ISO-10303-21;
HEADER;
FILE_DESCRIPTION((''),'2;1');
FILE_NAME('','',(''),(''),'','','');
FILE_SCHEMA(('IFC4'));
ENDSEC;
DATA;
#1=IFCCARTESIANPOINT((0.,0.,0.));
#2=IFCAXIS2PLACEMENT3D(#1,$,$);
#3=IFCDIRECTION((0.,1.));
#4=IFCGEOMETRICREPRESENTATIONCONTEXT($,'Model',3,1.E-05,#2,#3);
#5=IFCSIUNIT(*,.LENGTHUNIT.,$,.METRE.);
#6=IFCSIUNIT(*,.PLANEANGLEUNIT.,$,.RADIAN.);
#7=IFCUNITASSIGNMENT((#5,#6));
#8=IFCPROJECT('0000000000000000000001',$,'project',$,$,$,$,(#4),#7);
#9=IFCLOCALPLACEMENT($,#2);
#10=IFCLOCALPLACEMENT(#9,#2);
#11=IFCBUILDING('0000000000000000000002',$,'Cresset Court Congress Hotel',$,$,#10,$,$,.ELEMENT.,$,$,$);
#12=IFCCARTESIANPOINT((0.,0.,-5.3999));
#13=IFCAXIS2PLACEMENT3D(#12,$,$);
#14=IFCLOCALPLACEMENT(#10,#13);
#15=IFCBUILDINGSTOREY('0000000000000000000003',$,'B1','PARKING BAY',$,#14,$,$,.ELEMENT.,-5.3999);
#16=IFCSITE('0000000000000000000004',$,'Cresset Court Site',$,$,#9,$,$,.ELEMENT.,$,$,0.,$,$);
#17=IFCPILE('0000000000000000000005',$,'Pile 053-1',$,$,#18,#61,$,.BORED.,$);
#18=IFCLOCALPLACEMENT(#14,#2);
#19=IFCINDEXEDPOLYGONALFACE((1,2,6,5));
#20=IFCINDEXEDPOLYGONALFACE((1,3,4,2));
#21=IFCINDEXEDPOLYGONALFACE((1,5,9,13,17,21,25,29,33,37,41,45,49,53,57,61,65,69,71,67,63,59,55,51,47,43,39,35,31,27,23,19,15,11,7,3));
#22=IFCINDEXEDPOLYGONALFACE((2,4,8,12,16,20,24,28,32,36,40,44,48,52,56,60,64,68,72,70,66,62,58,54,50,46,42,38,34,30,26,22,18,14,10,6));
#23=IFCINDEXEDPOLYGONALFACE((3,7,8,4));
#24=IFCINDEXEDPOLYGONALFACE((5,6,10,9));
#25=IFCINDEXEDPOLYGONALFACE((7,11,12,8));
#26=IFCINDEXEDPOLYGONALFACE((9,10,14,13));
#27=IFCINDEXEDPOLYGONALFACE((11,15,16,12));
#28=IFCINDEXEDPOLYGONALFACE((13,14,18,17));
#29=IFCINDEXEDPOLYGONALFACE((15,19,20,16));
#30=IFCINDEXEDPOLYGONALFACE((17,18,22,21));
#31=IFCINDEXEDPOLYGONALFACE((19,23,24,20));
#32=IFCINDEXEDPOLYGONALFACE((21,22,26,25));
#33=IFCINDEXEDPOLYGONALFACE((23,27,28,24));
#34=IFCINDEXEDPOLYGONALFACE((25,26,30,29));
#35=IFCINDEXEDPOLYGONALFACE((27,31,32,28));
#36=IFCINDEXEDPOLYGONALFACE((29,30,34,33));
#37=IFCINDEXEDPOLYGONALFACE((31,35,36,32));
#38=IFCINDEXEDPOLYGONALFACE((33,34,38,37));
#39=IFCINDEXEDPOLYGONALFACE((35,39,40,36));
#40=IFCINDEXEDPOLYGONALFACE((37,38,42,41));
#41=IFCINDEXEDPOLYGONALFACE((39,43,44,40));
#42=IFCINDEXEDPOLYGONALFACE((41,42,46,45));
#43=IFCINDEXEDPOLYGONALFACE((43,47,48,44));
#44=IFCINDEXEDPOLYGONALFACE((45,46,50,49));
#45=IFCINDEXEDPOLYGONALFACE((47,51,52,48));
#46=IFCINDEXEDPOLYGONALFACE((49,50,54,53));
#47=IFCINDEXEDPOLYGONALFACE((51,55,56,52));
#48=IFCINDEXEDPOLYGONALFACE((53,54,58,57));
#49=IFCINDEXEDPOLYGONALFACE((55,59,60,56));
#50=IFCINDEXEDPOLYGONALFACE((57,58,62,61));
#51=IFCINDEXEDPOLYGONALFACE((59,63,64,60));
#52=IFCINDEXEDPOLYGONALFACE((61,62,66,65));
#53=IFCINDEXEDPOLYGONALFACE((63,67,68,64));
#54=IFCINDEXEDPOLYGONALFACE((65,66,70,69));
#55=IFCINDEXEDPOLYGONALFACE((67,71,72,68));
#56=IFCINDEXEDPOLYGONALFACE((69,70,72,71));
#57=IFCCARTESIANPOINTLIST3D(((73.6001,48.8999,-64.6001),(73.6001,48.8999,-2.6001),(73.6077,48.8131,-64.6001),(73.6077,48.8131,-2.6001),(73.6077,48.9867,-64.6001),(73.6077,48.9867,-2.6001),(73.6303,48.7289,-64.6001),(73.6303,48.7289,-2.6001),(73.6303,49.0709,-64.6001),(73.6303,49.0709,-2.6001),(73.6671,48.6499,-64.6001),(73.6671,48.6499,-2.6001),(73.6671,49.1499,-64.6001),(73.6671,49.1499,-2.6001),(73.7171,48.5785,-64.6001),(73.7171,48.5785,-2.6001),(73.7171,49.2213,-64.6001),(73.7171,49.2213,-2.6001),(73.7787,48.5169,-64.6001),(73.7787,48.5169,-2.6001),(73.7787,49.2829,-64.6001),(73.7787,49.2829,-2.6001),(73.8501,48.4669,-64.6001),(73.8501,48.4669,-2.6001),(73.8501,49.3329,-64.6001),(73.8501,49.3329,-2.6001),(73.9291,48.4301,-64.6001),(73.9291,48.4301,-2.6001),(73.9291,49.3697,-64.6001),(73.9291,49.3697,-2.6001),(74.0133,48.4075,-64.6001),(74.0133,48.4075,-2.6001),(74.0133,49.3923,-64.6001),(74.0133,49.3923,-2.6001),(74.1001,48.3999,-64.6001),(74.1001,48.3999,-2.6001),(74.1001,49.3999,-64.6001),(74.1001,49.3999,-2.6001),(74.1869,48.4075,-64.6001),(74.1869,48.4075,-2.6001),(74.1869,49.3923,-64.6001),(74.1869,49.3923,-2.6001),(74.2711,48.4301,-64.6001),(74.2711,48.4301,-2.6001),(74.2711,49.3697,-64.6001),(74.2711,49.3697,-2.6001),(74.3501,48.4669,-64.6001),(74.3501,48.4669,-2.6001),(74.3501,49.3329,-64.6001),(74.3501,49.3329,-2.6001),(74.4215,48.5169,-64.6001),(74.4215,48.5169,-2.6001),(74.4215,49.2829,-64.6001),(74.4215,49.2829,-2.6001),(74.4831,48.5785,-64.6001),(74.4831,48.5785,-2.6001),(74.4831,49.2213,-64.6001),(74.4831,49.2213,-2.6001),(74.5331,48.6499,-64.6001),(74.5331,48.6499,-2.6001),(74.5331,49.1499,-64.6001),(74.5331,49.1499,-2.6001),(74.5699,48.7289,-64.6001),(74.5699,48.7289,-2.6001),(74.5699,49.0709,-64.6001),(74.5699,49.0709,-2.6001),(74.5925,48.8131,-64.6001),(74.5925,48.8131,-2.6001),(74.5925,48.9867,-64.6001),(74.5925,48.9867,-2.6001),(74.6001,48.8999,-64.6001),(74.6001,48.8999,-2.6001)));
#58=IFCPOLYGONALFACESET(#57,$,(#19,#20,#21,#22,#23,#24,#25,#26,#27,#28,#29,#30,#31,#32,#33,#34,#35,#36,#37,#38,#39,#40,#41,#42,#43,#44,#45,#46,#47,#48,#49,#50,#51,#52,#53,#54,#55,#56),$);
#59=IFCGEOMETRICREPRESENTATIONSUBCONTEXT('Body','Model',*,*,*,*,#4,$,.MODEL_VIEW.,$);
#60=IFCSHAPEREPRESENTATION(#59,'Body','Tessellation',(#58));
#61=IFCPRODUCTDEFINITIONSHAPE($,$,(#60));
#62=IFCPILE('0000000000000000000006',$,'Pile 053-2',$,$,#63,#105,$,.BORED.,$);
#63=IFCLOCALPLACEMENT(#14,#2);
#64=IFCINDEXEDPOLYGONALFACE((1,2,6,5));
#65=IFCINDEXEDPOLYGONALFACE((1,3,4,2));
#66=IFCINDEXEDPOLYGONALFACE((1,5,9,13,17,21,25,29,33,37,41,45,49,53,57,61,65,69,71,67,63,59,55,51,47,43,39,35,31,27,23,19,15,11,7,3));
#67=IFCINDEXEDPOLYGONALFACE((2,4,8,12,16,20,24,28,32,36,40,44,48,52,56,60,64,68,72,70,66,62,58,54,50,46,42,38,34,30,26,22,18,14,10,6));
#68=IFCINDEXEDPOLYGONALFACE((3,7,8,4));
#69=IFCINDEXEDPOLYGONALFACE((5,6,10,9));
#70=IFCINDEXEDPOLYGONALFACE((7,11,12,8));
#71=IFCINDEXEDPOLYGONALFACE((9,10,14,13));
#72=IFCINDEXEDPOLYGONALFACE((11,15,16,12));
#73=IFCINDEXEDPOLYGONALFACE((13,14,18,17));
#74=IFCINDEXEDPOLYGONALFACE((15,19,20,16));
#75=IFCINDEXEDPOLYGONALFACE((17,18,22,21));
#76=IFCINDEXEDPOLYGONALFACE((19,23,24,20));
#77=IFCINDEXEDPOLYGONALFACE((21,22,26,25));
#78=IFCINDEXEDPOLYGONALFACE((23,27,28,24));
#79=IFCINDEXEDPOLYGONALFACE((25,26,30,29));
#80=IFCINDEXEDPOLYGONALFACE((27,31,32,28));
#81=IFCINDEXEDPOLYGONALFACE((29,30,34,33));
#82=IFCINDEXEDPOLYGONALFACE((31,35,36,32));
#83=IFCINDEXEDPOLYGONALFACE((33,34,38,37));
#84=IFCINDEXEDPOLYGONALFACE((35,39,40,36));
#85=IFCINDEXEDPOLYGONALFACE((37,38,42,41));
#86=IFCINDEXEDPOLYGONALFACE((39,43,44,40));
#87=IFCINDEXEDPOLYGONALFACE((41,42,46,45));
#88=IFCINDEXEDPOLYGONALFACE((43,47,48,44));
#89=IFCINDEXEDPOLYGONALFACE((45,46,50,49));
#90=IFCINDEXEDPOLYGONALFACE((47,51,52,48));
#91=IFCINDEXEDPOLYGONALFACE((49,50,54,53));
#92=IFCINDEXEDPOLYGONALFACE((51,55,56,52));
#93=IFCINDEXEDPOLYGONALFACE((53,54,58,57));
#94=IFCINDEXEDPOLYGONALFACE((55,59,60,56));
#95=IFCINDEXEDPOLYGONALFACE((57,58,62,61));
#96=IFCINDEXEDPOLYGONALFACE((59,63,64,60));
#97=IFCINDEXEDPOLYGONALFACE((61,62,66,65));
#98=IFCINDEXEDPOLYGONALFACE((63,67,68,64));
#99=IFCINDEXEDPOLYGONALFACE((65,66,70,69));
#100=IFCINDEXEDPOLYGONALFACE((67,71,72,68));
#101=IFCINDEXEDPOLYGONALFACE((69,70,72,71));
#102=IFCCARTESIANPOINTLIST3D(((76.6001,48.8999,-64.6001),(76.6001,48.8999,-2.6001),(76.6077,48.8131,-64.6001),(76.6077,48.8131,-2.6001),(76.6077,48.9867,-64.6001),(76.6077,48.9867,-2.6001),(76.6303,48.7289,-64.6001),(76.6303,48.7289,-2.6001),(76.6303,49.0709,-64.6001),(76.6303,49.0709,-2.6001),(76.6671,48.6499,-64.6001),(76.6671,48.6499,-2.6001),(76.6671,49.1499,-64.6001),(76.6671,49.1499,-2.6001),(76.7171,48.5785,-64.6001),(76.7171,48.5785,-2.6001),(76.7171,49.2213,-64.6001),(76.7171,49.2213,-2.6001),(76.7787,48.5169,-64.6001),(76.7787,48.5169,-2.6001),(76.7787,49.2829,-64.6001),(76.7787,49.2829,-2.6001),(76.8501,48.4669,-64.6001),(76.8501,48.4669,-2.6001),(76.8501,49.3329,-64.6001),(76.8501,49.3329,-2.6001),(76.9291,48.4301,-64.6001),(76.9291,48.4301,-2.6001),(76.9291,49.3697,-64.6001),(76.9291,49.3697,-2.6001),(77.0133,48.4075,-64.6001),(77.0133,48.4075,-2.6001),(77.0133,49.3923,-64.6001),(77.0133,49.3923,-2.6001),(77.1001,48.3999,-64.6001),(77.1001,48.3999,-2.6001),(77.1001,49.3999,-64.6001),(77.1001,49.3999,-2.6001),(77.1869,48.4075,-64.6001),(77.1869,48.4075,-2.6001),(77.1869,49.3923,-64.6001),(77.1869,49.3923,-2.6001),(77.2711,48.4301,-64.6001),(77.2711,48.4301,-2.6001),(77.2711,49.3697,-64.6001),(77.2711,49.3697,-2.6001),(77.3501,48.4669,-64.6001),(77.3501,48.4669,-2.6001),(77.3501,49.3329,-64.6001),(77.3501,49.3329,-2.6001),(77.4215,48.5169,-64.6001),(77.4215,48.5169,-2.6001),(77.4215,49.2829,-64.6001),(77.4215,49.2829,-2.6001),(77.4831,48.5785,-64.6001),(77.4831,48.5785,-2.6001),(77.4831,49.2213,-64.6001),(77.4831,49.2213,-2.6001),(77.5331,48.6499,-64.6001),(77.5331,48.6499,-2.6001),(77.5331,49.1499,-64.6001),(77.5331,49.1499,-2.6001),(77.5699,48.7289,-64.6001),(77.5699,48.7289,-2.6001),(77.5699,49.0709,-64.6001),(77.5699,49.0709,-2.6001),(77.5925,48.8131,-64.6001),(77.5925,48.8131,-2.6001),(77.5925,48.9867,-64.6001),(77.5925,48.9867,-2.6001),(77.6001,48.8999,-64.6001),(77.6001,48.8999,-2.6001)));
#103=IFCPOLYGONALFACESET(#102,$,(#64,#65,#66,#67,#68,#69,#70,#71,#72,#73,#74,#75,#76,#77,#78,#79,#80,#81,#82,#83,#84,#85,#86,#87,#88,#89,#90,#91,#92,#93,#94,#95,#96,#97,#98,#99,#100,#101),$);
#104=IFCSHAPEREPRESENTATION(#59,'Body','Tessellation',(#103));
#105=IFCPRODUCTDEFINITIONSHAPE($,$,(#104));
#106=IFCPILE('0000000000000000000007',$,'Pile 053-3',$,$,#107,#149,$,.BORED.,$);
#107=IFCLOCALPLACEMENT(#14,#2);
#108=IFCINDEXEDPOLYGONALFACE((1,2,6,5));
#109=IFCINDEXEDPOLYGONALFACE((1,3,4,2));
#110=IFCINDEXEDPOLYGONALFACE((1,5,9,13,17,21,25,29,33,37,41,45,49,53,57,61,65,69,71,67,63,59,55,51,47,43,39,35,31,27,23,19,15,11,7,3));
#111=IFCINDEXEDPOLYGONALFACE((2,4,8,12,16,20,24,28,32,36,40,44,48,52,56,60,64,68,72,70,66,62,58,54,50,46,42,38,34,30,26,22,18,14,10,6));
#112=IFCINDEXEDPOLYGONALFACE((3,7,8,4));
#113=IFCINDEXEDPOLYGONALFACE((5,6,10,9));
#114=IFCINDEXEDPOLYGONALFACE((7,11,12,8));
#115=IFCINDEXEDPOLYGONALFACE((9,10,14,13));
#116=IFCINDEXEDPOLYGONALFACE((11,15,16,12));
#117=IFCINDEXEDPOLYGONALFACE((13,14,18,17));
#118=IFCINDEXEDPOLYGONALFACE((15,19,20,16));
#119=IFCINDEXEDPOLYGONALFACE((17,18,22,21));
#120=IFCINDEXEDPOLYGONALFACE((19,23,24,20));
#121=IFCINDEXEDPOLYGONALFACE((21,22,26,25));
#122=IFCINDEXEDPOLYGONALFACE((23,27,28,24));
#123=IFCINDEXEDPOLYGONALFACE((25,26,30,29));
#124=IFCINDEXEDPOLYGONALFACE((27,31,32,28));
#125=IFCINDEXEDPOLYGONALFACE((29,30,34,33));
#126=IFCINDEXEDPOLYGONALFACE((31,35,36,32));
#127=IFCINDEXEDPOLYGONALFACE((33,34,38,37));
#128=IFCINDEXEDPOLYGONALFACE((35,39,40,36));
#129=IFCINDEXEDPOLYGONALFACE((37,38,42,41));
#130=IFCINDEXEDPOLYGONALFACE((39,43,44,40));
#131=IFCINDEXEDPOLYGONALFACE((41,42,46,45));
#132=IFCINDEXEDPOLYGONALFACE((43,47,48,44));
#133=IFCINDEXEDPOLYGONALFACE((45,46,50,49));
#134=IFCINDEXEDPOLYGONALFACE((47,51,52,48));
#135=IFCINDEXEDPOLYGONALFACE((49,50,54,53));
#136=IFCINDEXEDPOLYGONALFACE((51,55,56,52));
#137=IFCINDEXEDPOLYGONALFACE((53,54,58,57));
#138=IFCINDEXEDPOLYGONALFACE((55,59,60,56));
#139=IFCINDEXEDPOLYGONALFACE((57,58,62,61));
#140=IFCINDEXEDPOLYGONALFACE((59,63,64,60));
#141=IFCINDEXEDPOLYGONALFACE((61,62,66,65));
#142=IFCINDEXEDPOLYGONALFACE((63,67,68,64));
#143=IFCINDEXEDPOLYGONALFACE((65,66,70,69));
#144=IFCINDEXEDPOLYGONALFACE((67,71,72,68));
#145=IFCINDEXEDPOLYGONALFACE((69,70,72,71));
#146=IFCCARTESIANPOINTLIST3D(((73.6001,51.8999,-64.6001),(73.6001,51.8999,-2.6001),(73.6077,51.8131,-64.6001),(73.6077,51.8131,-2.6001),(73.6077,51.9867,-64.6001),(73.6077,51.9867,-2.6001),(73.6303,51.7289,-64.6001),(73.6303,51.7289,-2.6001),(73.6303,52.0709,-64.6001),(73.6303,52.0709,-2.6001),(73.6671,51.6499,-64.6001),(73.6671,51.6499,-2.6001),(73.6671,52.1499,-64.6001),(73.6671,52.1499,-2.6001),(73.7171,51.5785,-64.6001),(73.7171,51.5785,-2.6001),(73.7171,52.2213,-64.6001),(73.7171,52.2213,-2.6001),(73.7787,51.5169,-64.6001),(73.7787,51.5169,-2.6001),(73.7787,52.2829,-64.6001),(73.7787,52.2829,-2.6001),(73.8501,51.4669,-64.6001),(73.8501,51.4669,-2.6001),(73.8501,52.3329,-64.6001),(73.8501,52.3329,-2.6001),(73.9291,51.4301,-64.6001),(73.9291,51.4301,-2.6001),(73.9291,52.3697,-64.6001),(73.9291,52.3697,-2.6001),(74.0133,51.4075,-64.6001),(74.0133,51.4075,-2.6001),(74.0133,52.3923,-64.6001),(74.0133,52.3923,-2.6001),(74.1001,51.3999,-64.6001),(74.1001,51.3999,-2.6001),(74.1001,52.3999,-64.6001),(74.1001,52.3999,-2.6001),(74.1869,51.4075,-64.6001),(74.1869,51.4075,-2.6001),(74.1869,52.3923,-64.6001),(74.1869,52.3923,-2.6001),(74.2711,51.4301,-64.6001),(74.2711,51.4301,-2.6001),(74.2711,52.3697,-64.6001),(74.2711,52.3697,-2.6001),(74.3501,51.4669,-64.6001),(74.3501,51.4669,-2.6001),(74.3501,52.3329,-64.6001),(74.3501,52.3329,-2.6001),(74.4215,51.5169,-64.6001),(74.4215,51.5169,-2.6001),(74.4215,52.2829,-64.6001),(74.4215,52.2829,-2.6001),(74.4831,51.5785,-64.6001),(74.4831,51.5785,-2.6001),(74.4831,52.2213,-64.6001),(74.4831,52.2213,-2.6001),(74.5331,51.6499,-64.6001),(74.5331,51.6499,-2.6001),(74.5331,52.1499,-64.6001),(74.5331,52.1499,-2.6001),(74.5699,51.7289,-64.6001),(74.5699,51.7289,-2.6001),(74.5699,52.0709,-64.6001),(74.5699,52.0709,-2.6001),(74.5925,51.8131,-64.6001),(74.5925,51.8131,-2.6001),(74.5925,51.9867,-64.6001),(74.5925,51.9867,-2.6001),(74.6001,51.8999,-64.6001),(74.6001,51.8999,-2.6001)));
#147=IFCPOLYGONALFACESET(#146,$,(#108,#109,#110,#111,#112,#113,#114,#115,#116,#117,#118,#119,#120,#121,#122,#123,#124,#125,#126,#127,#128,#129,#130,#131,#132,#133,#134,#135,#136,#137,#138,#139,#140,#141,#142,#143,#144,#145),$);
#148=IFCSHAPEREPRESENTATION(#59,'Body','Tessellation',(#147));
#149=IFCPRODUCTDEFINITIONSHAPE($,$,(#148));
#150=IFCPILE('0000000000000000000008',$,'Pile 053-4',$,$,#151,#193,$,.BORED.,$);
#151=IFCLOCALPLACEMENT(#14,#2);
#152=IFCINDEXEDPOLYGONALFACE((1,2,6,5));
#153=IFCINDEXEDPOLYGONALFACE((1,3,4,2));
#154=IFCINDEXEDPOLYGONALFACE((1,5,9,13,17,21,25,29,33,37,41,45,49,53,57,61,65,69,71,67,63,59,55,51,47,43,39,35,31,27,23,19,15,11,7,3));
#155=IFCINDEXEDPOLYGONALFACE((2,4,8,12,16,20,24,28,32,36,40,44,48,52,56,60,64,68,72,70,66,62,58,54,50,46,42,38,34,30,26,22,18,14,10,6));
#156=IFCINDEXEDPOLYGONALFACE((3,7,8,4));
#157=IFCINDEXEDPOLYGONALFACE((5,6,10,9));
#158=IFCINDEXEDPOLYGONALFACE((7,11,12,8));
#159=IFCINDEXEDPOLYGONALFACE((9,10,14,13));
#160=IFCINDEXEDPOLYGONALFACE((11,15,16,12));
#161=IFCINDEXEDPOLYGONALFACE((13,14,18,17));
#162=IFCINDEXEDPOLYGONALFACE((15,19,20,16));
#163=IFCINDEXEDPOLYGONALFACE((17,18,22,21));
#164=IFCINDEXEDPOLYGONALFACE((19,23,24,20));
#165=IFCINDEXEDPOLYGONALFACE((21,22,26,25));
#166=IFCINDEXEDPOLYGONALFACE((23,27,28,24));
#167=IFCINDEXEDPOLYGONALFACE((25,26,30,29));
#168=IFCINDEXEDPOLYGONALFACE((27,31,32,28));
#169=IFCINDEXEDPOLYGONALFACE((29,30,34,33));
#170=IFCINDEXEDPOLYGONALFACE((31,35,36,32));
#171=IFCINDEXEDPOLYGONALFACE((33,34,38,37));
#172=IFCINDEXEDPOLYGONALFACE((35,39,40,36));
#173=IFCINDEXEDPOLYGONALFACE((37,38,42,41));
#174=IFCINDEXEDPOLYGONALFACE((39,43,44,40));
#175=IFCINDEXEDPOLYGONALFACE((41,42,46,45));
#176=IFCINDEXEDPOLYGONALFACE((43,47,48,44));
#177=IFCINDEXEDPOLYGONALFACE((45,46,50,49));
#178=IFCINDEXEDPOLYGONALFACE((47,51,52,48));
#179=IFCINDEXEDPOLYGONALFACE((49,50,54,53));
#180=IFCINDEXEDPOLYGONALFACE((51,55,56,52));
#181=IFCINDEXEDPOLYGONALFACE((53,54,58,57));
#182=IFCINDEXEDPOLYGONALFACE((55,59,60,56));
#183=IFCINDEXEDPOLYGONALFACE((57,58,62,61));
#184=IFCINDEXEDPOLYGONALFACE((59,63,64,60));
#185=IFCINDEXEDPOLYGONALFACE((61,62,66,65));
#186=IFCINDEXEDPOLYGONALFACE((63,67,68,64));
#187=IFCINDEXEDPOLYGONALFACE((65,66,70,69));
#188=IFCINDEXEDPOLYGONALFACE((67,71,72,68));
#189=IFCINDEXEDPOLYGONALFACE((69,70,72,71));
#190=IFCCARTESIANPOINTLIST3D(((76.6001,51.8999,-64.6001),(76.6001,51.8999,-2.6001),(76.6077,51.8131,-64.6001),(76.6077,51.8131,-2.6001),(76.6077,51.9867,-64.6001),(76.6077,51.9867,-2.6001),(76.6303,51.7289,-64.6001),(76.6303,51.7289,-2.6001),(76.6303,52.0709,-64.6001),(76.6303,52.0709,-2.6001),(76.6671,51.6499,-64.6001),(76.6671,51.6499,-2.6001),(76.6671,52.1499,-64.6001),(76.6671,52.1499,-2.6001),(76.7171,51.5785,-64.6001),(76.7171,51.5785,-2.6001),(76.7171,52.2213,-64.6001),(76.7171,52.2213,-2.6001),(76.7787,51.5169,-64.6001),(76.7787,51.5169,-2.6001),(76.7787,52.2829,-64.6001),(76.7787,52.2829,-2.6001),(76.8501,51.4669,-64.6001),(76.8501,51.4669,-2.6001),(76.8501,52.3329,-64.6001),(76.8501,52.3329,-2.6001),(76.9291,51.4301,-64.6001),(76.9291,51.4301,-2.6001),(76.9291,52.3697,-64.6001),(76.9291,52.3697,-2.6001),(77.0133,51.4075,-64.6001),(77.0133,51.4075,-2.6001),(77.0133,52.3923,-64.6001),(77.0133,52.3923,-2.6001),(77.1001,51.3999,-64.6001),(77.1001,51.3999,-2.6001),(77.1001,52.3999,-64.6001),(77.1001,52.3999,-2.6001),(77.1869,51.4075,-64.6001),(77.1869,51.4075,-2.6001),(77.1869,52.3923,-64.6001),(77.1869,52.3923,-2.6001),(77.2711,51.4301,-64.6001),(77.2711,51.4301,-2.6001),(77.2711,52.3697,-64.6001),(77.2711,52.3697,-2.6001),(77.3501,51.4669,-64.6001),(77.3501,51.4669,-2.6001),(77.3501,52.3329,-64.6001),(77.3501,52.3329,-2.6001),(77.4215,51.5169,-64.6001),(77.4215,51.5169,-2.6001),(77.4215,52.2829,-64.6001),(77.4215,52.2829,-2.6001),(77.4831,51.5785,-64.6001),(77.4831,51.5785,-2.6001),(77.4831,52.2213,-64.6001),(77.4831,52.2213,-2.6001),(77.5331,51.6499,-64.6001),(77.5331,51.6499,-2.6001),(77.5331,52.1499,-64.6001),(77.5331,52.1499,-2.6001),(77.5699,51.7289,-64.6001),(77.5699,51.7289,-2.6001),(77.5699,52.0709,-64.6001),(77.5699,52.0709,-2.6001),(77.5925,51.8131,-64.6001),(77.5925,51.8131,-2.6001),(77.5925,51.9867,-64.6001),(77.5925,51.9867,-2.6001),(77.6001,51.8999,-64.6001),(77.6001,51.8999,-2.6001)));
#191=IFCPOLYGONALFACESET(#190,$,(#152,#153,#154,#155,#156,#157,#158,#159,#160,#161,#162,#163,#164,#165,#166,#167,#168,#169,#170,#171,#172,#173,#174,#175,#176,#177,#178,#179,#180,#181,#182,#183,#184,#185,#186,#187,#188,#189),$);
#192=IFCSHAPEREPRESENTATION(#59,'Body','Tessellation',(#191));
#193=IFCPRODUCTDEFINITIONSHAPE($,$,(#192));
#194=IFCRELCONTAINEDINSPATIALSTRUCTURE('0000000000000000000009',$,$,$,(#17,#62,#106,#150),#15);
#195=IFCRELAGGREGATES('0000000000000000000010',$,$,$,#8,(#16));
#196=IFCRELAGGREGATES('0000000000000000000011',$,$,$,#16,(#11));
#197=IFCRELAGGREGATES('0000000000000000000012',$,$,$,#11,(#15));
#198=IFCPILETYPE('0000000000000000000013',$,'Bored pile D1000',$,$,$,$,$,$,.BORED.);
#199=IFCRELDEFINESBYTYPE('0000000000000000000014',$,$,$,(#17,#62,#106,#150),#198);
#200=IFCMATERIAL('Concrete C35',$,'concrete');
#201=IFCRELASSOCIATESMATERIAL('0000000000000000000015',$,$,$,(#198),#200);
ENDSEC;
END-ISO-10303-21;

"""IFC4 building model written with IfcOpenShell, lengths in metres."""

from ifc_helpers import new_model, si_unit, direction, frame, origin, origin_2d, place, context, subcontext, project, spatial, circle, extrude, material, type_object, element, save


model = new_model("IFC4")

# Units and contexts
model_context = context("Model", 3, precision=1e-05, world=origin(), true_north=direction((0.0, 1.0)))
body_context = subcontext(model_context, "Body", "Model", "MODEL_VIEW")
ifc_project = project(units=[si_unit("LENGTHUNIT", "METRE"), si_unit("PLANEANGLEUNIT", "RADIAN")], contexts=[model_context])

# Site, building, storey
site_placement = place(None, origin())
site = spatial("IfcSite", under=ifc_project, at=site_placement, Name="Cresset Court Site", CompositionType="ELEMENT", RefElevation=0.0)
building_placement = place(site_placement, origin())
building = spatial("IfcBuilding", under=site, at=building_placement, Name="Cresset Court Congress Hotel", CompositionType="ELEMENT")
storey_placement = place(building_placement, frame((0.0, 0.0, -5.3999)))
storey = spatial("IfcBuildingStorey", under=building, at=storey_placement, Name="B1", Description="PARKING BAY", CompositionType="ELEMENT", Elevation=-5.3999)

# Piles
ifc_material_1 = material(Name="Concrete C35", Category="concrete")
pile_type = type_object("IfcPileType", Name="Bored pile D1000", PredefinedType="BORED", material=ifc_material_1)
for number, where, z_axis, x_axis, name in (
    (1, (74.1001, 48.8999, -2.6001), (0.0, 0.0, -1.0), (1.0, 0.0, 0.0), "Pile 053-1"),
    (2, (77.1001, 48.8999, -2.6001), (0.0, 0.0, -1.0), (1.0, 0.0, 0.0), "Pile 053-2"),
    (3, (74.1001, 51.8999, -2.6001), (0.0, 0.0, -1.0), (1.0, 0.0, 0.0), "Pile 053-3"),
    (4, (77.1001, 51.8999, -2.6001), (0.0, 0.0, -1.0), (1.0, 0.0, 0.0), "Pile 053-4"),
):
    element("IfcPile", number, at=place(storey_placement, frame(where, z_axis=z_axis, x_axis=x_axis)), inside=storey, type_object=pile_type, Name=name, PredefinedType="BORED", context=body_context, shape_type="SweptSolid", body=[
        extrude(circle(Radius=0.5, at=origin_2d()), origin(), (0.0, 0.0, 1.0), 62.0),
    ])

save(model, "model.ifc")
